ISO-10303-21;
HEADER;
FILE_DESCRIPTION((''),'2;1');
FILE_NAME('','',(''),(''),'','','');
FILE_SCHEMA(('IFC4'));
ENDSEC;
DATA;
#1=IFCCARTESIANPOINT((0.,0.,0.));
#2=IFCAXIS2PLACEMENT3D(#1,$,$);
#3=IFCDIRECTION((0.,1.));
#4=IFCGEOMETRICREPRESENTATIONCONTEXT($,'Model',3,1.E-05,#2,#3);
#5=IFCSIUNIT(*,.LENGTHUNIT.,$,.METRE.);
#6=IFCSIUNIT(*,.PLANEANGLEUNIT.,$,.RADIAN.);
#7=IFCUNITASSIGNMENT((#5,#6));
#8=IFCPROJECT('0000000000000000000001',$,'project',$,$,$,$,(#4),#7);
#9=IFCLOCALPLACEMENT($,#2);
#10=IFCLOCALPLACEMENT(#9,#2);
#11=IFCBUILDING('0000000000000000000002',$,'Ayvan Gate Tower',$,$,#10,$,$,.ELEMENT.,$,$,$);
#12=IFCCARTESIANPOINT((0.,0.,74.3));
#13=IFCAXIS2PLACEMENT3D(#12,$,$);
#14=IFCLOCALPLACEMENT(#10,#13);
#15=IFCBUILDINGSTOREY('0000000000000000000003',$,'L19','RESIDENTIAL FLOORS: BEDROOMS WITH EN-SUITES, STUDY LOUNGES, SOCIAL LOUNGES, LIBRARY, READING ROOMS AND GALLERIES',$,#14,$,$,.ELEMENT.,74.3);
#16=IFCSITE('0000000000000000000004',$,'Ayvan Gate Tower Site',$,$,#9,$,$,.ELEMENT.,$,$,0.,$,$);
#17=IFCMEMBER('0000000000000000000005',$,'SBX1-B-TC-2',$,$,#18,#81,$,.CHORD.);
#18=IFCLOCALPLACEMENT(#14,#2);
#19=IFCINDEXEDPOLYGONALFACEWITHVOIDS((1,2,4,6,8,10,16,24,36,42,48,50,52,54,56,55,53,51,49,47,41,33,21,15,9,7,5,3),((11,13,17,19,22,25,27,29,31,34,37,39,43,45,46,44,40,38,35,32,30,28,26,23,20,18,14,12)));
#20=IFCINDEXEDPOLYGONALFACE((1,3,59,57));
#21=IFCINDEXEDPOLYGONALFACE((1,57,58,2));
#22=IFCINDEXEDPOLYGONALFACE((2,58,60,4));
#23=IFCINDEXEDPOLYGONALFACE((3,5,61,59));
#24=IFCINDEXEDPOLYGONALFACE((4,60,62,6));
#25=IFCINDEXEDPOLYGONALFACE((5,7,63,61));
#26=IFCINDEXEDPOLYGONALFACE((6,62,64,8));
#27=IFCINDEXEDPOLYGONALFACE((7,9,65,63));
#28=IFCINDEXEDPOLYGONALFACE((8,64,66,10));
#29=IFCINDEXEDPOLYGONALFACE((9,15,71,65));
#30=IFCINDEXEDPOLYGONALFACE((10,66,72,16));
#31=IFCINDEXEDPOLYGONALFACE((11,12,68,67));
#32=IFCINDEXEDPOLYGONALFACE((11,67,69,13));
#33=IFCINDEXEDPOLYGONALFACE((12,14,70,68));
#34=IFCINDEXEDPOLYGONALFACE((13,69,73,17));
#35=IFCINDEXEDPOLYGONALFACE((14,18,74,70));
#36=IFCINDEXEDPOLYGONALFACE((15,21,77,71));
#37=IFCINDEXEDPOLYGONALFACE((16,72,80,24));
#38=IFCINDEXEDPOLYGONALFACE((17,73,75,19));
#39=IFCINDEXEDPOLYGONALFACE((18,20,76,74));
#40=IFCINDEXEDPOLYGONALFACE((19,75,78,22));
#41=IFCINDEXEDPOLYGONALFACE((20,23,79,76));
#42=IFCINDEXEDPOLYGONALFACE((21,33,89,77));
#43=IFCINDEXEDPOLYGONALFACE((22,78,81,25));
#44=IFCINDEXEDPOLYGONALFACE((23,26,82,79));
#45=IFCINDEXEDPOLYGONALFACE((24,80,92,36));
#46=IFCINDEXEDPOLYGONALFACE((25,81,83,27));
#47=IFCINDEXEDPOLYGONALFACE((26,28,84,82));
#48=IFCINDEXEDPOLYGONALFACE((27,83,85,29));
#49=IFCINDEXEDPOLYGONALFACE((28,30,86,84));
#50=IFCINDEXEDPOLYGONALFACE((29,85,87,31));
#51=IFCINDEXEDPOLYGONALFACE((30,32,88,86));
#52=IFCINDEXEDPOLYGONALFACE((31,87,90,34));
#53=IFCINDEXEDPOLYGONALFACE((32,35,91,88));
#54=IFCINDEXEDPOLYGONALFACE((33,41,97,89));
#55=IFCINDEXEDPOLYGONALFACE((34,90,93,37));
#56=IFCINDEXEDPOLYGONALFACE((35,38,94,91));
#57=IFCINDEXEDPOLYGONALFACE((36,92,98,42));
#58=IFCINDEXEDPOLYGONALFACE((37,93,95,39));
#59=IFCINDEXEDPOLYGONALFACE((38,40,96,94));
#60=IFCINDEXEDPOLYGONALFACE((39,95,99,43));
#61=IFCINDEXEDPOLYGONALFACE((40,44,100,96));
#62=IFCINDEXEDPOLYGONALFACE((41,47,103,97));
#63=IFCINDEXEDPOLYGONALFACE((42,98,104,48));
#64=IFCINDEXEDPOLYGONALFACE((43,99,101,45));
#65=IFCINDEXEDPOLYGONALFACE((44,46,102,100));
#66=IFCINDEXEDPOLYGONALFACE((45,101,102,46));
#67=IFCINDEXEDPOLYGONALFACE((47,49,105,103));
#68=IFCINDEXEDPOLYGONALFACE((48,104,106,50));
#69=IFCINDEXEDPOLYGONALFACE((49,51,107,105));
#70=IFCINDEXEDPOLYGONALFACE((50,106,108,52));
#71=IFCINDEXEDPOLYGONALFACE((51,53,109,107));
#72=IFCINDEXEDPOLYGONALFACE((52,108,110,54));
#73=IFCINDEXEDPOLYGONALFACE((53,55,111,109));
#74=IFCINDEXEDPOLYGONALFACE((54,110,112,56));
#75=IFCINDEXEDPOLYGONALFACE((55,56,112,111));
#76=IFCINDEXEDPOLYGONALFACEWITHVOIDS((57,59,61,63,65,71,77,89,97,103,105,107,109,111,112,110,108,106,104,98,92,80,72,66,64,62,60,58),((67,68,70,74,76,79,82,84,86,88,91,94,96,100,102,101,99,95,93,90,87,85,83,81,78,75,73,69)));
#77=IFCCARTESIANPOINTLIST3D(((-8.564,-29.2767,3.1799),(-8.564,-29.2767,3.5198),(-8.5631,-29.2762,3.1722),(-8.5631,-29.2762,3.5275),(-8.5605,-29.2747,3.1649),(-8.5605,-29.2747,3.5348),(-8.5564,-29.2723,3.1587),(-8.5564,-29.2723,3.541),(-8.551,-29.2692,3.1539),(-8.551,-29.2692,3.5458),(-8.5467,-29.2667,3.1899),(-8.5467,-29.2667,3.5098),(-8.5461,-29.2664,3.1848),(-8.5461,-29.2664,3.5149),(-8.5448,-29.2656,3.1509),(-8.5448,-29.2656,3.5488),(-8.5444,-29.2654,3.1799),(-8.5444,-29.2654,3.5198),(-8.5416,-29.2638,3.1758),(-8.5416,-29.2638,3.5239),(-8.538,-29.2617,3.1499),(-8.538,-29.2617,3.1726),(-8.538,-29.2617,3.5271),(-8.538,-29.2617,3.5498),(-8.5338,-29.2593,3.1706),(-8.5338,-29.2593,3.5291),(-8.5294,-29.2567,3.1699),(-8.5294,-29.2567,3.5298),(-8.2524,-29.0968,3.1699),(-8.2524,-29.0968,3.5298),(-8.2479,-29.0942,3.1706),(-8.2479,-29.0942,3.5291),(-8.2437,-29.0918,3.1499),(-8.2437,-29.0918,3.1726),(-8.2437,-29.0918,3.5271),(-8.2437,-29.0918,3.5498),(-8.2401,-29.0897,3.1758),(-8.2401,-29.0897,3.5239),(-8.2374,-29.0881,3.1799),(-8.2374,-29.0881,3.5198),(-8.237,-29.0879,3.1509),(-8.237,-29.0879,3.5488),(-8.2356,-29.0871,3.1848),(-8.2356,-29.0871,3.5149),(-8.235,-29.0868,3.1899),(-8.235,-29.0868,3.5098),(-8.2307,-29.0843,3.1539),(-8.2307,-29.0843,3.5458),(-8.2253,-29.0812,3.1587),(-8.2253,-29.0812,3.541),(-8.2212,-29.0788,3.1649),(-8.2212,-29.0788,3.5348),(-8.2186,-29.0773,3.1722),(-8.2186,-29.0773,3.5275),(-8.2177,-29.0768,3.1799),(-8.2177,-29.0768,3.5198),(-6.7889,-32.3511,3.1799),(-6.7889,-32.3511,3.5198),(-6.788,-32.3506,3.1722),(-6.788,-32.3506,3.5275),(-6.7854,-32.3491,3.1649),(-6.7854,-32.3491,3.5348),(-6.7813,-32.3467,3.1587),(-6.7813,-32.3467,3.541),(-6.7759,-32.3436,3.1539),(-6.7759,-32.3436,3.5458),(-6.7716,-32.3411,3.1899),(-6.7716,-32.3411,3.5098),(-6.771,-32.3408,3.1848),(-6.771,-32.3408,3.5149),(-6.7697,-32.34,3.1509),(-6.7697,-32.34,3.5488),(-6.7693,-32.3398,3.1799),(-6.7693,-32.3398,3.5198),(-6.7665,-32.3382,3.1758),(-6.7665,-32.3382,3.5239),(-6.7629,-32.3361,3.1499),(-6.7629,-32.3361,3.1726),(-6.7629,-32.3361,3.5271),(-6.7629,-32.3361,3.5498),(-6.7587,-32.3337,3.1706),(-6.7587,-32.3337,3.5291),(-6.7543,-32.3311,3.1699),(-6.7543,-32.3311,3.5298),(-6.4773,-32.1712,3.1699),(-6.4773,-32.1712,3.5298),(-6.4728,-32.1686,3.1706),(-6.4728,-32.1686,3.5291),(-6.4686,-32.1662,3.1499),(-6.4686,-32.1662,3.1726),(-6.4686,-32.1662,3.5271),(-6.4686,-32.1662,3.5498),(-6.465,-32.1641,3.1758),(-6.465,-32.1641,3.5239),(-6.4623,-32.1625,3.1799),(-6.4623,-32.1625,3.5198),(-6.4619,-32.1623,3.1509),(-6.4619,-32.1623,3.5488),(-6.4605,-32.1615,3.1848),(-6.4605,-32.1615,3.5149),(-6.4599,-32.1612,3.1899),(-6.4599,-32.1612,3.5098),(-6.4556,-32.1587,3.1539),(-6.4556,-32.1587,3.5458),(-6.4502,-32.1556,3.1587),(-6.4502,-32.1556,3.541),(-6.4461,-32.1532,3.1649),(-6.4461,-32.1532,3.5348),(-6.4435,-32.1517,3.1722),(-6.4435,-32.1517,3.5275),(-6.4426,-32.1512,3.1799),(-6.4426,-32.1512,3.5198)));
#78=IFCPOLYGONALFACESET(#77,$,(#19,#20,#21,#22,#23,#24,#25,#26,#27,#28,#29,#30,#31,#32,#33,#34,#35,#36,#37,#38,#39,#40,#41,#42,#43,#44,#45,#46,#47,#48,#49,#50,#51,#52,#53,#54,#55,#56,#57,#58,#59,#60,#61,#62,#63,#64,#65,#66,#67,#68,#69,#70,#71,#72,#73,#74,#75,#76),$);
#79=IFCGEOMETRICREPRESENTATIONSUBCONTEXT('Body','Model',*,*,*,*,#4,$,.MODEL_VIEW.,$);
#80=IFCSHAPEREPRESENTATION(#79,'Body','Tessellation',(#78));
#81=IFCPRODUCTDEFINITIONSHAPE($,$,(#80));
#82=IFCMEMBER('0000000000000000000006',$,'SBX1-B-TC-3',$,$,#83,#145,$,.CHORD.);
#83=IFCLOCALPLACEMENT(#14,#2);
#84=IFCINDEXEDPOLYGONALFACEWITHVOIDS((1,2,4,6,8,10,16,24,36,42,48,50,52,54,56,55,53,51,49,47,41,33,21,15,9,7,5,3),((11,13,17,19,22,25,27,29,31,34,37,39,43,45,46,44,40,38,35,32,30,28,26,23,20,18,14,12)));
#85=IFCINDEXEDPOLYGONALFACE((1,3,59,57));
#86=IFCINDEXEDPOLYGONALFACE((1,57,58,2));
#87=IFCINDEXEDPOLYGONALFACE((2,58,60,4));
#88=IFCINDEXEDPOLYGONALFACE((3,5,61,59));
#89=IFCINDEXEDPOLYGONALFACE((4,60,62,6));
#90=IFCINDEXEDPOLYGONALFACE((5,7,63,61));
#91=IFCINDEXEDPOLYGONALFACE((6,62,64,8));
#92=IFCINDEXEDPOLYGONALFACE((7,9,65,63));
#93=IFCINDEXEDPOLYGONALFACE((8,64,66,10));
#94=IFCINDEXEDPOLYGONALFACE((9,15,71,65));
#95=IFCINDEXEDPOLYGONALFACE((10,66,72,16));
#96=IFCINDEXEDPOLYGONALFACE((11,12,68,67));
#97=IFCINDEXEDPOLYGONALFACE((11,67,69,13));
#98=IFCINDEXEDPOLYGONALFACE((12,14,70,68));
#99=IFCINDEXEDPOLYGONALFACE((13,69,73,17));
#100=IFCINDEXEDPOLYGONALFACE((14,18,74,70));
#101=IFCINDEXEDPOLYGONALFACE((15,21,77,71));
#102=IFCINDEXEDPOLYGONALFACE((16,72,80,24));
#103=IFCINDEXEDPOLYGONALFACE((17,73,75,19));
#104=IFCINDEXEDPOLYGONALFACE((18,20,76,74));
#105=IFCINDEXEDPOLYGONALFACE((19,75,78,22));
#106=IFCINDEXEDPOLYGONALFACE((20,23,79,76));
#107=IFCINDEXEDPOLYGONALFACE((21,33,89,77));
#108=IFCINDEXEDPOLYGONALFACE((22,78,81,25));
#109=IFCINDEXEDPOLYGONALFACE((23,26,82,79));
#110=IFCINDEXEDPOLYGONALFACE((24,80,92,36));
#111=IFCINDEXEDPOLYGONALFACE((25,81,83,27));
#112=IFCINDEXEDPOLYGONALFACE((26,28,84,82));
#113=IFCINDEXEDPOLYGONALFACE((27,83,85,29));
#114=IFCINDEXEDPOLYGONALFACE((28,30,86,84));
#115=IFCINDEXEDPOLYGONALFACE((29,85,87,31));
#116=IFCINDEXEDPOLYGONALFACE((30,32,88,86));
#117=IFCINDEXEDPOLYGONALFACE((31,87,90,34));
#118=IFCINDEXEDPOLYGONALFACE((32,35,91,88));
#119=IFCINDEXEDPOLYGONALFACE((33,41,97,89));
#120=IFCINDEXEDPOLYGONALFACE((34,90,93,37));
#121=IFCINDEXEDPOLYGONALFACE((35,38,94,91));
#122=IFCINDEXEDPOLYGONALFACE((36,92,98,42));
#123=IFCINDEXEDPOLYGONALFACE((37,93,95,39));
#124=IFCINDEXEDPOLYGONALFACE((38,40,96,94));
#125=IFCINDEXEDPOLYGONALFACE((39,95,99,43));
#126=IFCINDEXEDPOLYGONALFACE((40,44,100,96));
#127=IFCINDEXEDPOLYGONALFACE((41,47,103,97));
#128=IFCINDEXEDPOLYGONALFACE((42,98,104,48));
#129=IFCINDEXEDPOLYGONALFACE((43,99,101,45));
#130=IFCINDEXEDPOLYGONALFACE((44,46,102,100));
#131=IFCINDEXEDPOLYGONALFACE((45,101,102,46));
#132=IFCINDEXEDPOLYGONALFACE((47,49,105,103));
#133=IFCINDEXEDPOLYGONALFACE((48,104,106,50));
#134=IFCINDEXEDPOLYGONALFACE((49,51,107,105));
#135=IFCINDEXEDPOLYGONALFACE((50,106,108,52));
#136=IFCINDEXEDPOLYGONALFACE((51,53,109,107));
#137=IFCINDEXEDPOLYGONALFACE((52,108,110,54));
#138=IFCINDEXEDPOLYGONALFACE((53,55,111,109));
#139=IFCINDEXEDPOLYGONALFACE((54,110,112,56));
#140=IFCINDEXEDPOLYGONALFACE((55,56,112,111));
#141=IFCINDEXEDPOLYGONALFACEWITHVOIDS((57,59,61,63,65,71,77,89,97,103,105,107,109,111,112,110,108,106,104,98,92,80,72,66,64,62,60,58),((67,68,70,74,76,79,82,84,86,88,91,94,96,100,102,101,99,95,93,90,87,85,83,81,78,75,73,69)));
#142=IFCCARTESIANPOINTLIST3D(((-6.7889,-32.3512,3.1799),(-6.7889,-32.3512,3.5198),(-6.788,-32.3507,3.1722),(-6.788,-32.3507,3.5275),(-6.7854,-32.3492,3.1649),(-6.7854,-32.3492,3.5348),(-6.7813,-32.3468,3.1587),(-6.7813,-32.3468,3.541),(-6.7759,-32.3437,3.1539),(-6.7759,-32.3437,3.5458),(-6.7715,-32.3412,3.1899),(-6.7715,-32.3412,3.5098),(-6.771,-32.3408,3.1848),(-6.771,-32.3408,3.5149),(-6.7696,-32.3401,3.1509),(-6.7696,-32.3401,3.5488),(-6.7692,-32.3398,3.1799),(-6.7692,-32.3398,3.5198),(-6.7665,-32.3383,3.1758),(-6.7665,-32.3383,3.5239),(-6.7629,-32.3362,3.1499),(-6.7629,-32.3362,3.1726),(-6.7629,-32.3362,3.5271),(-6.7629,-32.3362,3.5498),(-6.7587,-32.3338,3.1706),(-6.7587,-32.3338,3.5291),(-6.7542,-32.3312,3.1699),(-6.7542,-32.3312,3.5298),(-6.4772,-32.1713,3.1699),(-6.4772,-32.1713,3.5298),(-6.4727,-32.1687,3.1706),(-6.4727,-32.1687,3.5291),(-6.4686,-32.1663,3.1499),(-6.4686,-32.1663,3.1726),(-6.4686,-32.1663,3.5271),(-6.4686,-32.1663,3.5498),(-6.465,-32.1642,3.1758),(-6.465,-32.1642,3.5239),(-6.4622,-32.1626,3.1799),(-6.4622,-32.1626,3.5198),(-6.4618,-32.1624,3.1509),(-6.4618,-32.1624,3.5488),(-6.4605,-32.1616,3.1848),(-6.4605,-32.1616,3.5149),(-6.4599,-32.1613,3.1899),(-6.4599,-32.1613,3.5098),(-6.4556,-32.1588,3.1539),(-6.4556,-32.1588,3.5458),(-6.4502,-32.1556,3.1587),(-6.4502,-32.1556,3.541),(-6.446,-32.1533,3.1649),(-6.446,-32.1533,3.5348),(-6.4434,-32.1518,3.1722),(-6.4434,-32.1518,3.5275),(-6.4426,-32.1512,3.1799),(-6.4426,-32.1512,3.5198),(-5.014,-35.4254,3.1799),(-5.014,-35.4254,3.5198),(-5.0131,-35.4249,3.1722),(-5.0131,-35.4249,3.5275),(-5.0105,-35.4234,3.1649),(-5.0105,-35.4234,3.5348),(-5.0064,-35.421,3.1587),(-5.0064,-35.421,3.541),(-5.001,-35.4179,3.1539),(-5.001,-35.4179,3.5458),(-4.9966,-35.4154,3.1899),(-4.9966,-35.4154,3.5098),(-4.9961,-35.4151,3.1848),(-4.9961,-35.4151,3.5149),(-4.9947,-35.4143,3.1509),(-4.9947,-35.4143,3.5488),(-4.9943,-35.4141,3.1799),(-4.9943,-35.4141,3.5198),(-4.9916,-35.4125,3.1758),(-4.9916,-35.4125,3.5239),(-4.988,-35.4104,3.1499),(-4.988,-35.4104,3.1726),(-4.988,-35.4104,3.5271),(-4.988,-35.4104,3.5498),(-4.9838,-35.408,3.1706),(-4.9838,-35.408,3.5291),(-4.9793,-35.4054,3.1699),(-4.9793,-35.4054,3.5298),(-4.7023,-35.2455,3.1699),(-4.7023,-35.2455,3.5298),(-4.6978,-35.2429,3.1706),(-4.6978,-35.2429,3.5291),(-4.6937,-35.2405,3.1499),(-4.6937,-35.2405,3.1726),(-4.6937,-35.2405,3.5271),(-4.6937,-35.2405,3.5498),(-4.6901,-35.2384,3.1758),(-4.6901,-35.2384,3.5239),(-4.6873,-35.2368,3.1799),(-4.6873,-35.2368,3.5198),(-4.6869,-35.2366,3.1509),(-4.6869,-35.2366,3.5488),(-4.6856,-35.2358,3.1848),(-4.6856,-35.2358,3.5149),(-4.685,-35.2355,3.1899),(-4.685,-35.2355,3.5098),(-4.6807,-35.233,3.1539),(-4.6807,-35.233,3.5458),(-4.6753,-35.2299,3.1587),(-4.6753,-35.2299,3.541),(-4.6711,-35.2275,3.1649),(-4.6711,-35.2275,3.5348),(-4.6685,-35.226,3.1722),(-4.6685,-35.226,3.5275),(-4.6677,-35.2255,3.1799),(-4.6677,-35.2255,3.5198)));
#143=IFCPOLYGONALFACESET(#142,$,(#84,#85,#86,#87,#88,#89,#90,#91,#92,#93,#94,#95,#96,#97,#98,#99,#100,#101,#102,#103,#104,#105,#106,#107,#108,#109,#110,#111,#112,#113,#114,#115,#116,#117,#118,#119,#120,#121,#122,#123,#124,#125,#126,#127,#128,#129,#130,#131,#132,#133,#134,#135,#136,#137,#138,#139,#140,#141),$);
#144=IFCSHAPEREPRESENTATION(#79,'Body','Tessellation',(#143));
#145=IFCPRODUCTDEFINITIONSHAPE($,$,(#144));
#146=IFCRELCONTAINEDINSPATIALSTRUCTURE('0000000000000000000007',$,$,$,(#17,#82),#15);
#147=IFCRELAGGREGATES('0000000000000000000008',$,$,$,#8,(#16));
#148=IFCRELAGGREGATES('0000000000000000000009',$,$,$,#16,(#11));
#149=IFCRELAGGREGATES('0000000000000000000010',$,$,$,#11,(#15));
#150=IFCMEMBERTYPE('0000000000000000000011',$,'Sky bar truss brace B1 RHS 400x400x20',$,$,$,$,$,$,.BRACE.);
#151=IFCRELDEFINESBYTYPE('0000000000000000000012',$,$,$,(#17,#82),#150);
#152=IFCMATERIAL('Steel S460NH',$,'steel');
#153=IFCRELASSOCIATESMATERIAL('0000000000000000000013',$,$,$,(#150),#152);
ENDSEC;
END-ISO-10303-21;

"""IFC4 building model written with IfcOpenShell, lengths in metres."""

from ifc_helpers import new_model, si_unit, direction, frame, origin, origin_2d, place, context, subcontext, project, spatial, hollow_rectangle, extrude, material, material_profile, profile_set, type_object, element, save


model = new_model("IFC4")

# Units and contexts
model_context = context("Model", 3, precision=1e-05, world=origin(), true_north=direction((0.0, 1.0)))
body_context = subcontext(model_context, "Body", "Model", "MODEL_VIEW")
ifc_project = project(units=[si_unit("LENGTHUNIT", "METRE"), si_unit("PLANEANGLEUNIT", "RADIAN")], contexts=[model_context])

# Site, building, storey
site_placement = place(None, origin())
site = spatial("IfcSite", under=ifc_project, at=site_placement, Name="Ayvan Gate Tower Site", CompositionType="ELEMENT", RefElevation=0.0)
building_placement = place(site_placement, origin())
building = spatial("IfcBuilding", under=site, at=building_placement, Name="Ayvan Gate Tower", CompositionType="ELEMENT")
storey_placement = place(building_placement, frame((0.0, 0.0, 74.3)))
storey = spatial("IfcBuildingStorey", under=building, at=storey_placement, Name="L19", Description="RESIDENTIAL FLOORS: BEDROOMS WITH EN-SUITES, STUDY LOUNGES, SOCIAL LOUNGES, LIBRARY, READING ROOMS AND GALLERIES", CompositionType="ELEMENT", Elevation=74.3)

# Members
ifc_material_1 = material(Name="Steel S460NH", Category="steel")
ifc_material_profile_1 = material_profile(ifc_material_1, hollow_rectangle(XDim=0.3999, YDim=0.3999, WallThickness=0.02, InnerFilletRadius=0.02, OuterFilletRadius=0.03, at=origin_2d()), Name="RHS 400x400x20")
ifc_profile_set_1 = profile_set([ifc_material_profile_1], Name="Steel S460NH")
member_type_1 = type_object("IfcMemberType", Name="Sky bar truss brace B1 RHS 400x400x20", PredefinedType="BRACE", material=ifc_profile_set_1)
member_1_placement = place(storey_placement, frame((-8.3909, -29.1768, 3.3499), z_axis=(0.500022, -0.866013, 0.0), x_axis=(0.866013, 0.500022, 0.0)))
element("IfcMember", 1, at=member_1_placement, inside=storey, type_object=member_type_1, Name="SBX1-B-TC-2", PredefinedType="CHORD", context=body_context, shape_type="SweptSolid", body=[
    extrude(hollow_rectangle(XDim=0.3999, YDim=0.3999, WallThickness=0.02, InnerFilletRadius=0.02, OuterFilletRadius=0.03, at=origin_2d()), origin(), (0.0, 0.0, 1.0), 3.55),
])
member_2_placement = place(storey_placement, frame((-6.6157, -32.2512, 3.3499), z_axis=(0.5, -0.866025, 0.0), x_axis=(0.866025, 0.5, 0.0)))
element("IfcMember", 2, at=member_2_placement, inside=storey, type_object=member_type_1, Name="SBX1-B-TC-3", PredefinedType="CHORD", context=body_context, shape_type="SweptSolid", body=[
    extrude(hollow_rectangle(XDim=0.3999, YDim=0.3999, WallThickness=0.02, InnerFilletRadius=0.02, OuterFilletRadius=0.03, at=origin_2d()), origin(), (0.0, 0.0, 1.0), 3.5498),
])

save(model, "model.ifc")
